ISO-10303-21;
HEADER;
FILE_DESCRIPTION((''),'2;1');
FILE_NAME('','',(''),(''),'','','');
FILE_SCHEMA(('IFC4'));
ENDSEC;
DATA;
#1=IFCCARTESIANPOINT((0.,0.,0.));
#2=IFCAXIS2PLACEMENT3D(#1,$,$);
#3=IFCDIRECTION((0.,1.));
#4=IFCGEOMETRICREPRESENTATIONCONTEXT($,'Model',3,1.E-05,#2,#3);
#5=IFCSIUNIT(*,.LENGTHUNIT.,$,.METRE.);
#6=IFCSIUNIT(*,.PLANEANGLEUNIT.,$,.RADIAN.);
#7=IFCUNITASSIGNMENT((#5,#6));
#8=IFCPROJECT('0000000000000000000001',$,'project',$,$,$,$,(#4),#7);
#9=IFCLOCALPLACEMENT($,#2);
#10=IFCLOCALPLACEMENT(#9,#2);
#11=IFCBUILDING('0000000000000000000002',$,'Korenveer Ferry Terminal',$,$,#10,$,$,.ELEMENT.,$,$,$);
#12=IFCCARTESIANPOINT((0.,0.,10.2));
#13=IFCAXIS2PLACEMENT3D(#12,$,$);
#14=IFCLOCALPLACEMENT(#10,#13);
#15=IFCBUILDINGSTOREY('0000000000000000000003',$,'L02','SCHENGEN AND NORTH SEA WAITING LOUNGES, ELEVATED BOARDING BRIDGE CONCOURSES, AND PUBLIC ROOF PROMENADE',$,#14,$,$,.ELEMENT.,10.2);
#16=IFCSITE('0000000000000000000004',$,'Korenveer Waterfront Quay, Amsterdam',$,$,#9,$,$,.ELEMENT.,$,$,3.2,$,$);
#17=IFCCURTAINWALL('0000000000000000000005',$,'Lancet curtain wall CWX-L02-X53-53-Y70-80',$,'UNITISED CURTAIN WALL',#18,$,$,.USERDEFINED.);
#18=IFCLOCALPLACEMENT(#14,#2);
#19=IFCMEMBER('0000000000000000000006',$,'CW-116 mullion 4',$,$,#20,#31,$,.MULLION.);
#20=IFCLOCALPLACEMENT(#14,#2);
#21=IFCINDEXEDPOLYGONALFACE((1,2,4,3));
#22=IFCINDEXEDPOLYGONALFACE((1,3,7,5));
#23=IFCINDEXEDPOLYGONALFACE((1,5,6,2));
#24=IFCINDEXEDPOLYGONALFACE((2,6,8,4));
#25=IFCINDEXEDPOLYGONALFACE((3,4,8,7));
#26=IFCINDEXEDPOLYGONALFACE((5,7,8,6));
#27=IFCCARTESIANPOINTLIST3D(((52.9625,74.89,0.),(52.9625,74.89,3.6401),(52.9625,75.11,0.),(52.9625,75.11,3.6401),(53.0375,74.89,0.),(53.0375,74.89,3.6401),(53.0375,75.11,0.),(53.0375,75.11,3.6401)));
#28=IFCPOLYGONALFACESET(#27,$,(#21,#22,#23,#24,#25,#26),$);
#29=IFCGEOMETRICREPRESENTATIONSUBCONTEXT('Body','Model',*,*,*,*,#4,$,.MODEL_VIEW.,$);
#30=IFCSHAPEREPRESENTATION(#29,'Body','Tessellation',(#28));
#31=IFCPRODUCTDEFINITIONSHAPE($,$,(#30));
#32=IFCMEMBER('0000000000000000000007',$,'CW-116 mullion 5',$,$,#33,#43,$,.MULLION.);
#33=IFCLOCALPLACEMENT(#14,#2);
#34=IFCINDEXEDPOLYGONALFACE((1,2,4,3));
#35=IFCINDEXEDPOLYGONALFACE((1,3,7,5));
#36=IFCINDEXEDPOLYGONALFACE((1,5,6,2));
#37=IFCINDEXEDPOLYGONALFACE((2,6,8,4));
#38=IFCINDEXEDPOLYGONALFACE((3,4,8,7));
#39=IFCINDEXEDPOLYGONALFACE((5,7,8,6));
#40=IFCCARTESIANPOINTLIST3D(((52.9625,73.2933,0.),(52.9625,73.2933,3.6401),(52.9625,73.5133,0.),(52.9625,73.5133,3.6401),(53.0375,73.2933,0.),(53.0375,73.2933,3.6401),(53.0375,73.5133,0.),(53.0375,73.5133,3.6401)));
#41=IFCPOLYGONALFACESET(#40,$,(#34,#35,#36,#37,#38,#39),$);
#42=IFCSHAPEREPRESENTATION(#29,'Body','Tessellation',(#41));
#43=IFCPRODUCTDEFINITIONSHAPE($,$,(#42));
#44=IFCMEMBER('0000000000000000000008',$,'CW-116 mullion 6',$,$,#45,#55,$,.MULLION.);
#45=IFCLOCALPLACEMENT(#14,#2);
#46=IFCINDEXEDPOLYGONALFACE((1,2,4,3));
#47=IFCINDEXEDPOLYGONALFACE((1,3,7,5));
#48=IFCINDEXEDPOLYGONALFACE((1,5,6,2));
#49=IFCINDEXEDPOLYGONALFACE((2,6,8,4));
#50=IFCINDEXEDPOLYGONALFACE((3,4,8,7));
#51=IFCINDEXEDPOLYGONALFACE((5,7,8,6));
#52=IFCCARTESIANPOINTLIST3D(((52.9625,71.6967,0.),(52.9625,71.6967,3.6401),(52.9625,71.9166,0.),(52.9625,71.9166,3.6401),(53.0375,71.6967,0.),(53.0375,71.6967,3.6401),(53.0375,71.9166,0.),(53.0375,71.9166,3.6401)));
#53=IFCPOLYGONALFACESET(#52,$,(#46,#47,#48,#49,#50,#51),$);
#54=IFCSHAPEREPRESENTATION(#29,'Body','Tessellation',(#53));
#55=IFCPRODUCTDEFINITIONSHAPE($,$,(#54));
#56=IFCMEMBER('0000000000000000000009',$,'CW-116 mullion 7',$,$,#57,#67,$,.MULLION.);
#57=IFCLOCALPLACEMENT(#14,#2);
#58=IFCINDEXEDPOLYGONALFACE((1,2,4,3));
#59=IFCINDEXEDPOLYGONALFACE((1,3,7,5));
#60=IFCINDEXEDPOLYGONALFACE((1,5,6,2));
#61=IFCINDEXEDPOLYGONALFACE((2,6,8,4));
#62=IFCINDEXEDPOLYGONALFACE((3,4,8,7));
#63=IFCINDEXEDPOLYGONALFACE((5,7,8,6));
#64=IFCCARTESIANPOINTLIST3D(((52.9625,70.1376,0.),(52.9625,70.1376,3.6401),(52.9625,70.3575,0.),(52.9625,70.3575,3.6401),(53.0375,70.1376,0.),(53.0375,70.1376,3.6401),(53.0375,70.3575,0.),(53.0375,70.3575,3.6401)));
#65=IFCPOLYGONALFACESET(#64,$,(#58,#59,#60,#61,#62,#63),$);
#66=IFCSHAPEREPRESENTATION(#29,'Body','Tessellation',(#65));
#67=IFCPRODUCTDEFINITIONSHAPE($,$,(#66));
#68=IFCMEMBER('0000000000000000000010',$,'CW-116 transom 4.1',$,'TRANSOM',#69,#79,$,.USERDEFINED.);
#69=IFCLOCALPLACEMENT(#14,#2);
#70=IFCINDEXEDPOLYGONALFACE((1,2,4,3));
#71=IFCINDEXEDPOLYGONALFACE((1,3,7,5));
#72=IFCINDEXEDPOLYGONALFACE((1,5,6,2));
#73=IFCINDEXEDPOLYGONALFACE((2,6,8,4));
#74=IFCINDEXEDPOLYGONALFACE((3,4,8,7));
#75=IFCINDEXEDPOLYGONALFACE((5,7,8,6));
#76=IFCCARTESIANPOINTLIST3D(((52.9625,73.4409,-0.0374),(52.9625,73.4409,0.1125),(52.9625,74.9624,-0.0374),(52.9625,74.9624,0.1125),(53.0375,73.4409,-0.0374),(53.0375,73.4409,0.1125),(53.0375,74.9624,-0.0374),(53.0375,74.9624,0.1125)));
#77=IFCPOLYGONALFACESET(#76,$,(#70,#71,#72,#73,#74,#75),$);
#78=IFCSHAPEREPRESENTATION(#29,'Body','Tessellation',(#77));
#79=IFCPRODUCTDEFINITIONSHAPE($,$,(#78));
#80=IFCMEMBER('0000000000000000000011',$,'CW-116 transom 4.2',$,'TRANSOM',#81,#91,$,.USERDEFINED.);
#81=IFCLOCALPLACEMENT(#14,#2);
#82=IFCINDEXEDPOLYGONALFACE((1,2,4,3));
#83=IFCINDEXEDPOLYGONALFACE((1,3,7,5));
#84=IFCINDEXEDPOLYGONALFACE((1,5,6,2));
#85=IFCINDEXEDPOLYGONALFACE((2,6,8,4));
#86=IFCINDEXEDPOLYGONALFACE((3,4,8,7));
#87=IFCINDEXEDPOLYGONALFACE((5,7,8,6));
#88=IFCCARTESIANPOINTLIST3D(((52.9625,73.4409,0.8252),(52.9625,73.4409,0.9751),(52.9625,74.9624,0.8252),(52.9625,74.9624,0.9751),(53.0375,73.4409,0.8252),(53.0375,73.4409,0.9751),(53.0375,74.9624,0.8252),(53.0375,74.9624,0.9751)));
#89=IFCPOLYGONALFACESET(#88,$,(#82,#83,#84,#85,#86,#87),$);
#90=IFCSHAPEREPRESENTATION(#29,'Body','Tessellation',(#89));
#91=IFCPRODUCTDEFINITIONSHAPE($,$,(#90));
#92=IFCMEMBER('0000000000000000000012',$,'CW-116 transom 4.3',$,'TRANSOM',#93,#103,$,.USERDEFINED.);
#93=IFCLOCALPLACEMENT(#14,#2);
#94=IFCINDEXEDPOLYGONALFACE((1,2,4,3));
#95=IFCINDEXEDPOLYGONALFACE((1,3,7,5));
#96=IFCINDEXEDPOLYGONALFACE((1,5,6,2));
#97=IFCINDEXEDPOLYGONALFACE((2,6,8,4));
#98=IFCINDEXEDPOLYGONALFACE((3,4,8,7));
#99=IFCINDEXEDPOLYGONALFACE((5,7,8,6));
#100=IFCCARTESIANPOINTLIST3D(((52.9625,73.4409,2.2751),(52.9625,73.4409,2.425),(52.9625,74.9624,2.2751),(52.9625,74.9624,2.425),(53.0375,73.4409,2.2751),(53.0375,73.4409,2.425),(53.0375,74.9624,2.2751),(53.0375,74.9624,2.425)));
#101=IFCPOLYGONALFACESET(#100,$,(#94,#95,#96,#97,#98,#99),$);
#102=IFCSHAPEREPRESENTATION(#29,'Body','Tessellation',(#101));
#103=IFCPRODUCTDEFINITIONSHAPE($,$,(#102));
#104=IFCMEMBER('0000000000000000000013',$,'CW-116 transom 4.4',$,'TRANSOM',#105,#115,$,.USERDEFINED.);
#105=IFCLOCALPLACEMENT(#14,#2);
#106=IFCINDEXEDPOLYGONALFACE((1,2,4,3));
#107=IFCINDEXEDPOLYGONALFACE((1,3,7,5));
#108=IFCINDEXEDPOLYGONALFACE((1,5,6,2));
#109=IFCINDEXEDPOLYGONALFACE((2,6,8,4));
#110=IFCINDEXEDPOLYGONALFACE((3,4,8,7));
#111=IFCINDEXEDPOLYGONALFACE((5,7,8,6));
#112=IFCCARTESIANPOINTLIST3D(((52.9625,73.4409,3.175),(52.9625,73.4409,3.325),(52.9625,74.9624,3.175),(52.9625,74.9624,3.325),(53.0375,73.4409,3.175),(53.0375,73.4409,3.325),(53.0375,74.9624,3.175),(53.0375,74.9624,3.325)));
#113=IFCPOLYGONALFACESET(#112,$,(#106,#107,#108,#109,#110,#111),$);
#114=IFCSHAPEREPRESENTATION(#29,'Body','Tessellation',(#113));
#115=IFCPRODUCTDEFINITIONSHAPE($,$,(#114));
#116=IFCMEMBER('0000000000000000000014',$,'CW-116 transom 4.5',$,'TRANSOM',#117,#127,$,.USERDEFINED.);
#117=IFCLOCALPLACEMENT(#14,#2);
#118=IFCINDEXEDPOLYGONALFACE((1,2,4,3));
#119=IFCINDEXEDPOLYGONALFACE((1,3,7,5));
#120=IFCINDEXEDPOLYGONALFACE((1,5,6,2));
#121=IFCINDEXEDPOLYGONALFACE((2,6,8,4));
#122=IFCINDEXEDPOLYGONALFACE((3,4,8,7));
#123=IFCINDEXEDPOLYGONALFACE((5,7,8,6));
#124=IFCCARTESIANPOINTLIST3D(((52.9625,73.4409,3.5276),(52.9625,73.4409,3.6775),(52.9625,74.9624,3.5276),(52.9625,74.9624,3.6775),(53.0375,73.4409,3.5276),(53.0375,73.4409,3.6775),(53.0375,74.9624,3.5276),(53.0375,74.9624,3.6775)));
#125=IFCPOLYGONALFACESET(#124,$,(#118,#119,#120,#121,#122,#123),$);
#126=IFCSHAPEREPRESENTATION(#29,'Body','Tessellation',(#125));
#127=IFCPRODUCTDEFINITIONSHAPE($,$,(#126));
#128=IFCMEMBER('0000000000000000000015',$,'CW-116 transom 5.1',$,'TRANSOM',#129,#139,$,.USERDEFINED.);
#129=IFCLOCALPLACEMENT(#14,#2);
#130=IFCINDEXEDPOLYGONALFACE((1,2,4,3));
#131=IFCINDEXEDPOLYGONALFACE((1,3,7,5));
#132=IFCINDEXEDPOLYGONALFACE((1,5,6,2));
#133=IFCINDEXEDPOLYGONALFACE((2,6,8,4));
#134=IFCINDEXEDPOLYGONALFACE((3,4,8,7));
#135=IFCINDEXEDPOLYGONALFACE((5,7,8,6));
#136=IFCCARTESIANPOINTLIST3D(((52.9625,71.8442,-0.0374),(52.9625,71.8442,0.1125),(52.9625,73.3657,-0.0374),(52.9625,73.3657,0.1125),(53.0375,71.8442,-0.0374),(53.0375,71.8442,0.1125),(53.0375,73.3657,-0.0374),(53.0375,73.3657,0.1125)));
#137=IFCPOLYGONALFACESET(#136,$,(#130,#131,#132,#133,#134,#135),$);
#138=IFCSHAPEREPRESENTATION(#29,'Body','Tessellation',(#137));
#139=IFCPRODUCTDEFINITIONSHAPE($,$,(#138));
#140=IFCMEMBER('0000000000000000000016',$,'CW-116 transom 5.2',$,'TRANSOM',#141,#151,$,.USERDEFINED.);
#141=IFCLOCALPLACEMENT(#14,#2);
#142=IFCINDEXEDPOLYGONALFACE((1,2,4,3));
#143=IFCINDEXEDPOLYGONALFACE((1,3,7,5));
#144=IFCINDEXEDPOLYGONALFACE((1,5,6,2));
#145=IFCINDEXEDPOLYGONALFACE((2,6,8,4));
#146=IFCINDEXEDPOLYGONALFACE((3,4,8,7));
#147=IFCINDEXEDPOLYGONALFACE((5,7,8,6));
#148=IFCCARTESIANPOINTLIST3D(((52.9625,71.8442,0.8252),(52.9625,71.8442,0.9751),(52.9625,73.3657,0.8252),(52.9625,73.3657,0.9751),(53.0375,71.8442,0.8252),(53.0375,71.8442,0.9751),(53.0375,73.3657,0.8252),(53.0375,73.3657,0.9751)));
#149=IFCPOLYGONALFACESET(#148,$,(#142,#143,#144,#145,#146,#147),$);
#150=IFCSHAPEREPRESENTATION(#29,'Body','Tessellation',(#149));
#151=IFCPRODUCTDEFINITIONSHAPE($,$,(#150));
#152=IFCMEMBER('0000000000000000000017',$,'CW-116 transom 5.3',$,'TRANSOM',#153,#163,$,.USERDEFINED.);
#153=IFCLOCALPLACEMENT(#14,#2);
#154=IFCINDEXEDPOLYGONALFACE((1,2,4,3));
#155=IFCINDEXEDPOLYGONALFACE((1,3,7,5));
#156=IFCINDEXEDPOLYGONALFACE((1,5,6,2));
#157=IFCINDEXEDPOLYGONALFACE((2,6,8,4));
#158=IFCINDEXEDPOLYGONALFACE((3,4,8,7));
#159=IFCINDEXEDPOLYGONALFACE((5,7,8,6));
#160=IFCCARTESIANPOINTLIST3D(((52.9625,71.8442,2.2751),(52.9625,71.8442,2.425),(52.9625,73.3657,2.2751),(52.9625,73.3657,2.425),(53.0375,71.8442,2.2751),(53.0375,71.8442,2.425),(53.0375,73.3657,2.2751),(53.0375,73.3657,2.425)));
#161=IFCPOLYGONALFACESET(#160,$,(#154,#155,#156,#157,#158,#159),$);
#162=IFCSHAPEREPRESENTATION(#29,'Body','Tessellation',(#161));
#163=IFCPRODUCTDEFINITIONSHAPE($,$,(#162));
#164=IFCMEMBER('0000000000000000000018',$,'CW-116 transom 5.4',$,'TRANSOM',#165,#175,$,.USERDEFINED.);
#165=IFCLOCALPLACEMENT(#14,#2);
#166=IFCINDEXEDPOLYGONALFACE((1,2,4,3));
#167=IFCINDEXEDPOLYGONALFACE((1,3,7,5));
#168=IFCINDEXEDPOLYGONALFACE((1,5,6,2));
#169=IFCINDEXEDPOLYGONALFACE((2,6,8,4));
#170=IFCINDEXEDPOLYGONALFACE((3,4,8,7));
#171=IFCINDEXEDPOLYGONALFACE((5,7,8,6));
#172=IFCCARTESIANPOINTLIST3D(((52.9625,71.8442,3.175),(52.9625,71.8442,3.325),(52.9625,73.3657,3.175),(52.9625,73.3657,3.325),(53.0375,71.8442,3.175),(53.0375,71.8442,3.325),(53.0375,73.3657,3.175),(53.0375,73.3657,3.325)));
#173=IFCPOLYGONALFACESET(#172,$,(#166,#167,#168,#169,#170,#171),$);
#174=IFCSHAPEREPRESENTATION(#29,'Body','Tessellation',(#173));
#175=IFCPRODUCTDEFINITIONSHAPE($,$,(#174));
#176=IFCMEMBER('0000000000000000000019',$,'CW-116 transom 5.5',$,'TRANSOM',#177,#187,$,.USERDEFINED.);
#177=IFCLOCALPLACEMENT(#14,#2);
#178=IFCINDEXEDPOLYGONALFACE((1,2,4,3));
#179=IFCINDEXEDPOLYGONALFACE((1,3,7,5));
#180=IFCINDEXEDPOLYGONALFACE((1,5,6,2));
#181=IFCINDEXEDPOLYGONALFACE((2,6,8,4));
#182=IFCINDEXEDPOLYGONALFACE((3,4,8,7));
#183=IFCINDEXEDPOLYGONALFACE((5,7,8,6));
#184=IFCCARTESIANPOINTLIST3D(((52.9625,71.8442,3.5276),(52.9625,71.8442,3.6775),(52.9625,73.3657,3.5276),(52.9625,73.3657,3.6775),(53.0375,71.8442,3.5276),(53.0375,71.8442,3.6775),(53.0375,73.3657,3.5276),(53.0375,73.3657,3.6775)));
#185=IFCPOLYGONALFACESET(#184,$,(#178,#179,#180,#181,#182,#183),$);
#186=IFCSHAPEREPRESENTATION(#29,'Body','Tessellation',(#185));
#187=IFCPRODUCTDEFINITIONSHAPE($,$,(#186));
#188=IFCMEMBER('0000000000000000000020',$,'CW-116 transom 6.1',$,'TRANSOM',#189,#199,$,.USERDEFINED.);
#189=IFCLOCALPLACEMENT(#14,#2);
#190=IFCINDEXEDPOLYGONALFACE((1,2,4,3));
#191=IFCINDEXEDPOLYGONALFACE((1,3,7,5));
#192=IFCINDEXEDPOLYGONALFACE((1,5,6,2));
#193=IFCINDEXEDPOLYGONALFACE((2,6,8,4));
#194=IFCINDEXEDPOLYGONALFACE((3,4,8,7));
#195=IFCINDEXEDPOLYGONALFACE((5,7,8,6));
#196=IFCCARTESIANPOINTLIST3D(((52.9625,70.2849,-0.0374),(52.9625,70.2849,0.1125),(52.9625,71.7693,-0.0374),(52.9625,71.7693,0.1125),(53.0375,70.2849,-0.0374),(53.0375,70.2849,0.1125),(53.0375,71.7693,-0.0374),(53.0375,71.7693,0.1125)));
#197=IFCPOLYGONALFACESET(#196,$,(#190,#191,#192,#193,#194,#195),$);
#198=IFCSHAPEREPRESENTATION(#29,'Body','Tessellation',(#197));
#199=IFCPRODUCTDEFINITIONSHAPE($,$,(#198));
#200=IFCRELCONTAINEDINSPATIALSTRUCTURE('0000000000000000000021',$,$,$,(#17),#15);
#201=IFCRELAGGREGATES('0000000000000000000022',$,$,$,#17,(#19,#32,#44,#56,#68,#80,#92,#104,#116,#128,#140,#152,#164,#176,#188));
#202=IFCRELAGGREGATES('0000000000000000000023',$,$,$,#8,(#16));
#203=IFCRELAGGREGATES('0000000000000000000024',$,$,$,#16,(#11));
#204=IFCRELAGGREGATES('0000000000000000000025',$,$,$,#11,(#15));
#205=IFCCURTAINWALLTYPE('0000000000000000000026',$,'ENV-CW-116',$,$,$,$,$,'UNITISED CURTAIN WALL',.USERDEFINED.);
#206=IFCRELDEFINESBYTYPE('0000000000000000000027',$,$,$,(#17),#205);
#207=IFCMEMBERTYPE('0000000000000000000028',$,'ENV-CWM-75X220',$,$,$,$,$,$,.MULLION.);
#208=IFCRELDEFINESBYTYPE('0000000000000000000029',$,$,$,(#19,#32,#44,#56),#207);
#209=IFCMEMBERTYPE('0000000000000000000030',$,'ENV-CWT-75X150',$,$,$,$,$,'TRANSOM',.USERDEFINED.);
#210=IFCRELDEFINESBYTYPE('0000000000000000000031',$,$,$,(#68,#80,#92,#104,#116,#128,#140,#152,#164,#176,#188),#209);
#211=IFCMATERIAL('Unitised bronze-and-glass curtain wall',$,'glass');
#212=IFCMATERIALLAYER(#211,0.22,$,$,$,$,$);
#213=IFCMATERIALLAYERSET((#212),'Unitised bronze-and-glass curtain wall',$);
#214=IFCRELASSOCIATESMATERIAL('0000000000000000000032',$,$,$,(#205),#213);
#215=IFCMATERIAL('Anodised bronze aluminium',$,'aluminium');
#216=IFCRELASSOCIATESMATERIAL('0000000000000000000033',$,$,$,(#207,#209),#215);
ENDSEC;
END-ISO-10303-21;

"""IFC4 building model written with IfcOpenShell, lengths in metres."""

from ifc_helpers import new_model, si_unit, direction, frame, origin, origin_2d, place, context, subcontext, project, spatial, rectangle, extrude, material, layer, layer_set, material_profile, profile_set, type_object, element, aggregate, save


model = new_model("IFC4")

# Units and contexts
model_context = context("Model", 3, precision=1e-05, world=origin(), true_north=direction((0.0, 1.0)))
body_context = subcontext(model_context, "Body", "Model", "MODEL_VIEW")
ifc_project = project(units=[si_unit("LENGTHUNIT", "METRE"), si_unit("PLANEANGLEUNIT", "RADIAN")], contexts=[model_context])

# Site, building, storey
site_placement = place(None, origin())
site = spatial("IfcSite", under=ifc_project, at=site_placement, Name="Korenveer Waterfront Quay, Amsterdam", CompositionType="ELEMENT", RefElevation=3.2)
building_placement = place(site_placement, origin())
building = spatial("IfcBuilding", under=site, at=building_placement, Name="Korenveer Ferry Terminal", CompositionType="ELEMENT")
storey_placement = place(building_placement, frame((0.0, 0.0, 10.2)))
storey = spatial("IfcBuildingStorey", under=building, at=storey_placement, Name="L02", Description="SCHENGEN AND NORTH SEA WAITING LOUNGES, ELEVATED BOARDING BRIDGE CONCOURSES, AND PUBLIC ROOF PROMENADE", CompositionType="ELEMENT", Elevation=10.2)

# Curtain wall, members
ifc_material_1 = material(Name="Unitised bronze-and-glass curtain wall", Category="glass")
ifc_layer_1 = layer(ifc_material_1, 0.22)
ifc_layer_set_1 = layer_set([ifc_layer_1], Name="Unitised bronze-and-glass curtain wall")
curtain_wall_type = type_object("IfcCurtainWallType", Name="ENV-CW-116", ElementType="UNITISED CURTAIN WALL", PredefinedType="USERDEFINED", material=ifc_layer_set_1)
curtain_wall_placement = place(storey_placement, frame((53.0, 79.79, 0.0)))
curtain_wall = element("IfcCurtainWall", 1, at=curtain_wall_placement, inside=storey, type_object=curtain_wall_type, Name="Lancet curtain wall CWX-L02-X53-53-Y70-80", ObjectType="UNITISED CURTAIN WALL", PredefinedType="USERDEFINED")
ifc_material_2 = material(Name="Anodised bronze aluminium", Category="aluminium")
ifc_material_profile_1 = material_profile(ifc_material_2, rectangle(XDim=0.075, YDim=0.22, at=origin_2d()), Name="ALU 75x220")
ifc_profile_set_1 = profile_set([ifc_material_profile_1], Name="Anodised bronze aluminium")
member_type_1 = type_object("IfcMemberType", Name="ENV-CWM-75X220", PredefinedType="MULLION", material=ifc_profile_set_1)
member_1_placement = place(storey_placement, frame((53.0, 75.0, 0.0), z_axis=(0.0, 0.0, 1.0), x_axis=(1.0, 0.0, 0.0)))
member_1 = element("IfcMember", 2, at=member_1_placement, type_object=member_type_1, Name="CW-116 mullion 4", PredefinedType="MULLION", context=body_context, shape_type="SweptSolid", body=[
    extrude(rectangle(XDim=0.075, YDim=0.22, at=origin_2d()), origin(), (0.0, 0.0, 1.0), 3.6401),
])
member_2_placement = place(storey_placement, frame((53.0, 73.4033, 0.0), z_axis=(0.0, 0.0, 1.0), x_axis=(1.0, 0.0, 0.0)))
member_2 = element("IfcMember", 3, at=member_2_placement, type_object=member_type_1, Name="CW-116 mullion 5", PredefinedType="MULLION", context=body_context, shape_type="SweptSolid", body=[
    extrude(rectangle(XDim=0.075, YDim=0.22, at=origin_2d()), origin(), (0.0, 0.0, 1.0), 3.6401),
])
member_3_placement = place(storey_placement, frame((53.0, 71.8066, 0.0), z_axis=(0.0, 0.0, 1.0), x_axis=(1.0, 0.0, 0.0)))
member_3 = element("IfcMember", 4, at=member_3_placement, type_object=member_type_1, Name="CW-116 mullion 6", PredefinedType="MULLION", context=body_context, shape_type="SweptSolid", body=[
    extrude(rectangle(XDim=0.075, YDim=0.22, at=origin_2d()), origin(), (0.0, 0.0, 1.0), 3.6401),
])
member_4_placement = place(storey_placement, frame((53.0, 70.2476, 0.0), z_axis=(0.0, 0.0, 1.0), x_axis=(1.0, 0.0, 0.0)))
member_4 = element("IfcMember", 5, at=member_4_placement, type_object=member_type_1, Name="CW-116 mullion 7", PredefinedType="MULLION", context=body_context, shape_type="SweptSolid", body=[
    extrude(rectangle(XDim=0.075, YDim=0.22, at=origin_2d()), origin(), (0.0, 0.0, 1.0), 3.6401),
])
ifc_material_profile_2 = material_profile(ifc_material_2, rectangle(XDim=0.075, YDim=0.1499, at=origin_2d()), Name="ALU 75x150")
ifc_profile_set_2 = profile_set([ifc_material_profile_2], Name="Anodised bronze aluminium")
member_type_2 = type_object("IfcMemberType", Name="ENV-CWT-75X150", ElementType="TRANSOM", PredefinedType="USERDEFINED", material=ifc_profile_set_2)
member_5_placement = place(storey_placement, frame((53.0, 74.9624, 0.0376), z_axis=(0.0, -1.0, 0.0), x_axis=(1.0, 0.0, 0.0)))
member_5 = element("IfcMember", 6, at=member_5_placement, type_object=member_type_2, Name="CW-116 transom 4.1", ObjectType="TRANSOM", PredefinedType="USERDEFINED", context=body_context, shape_type="SweptSolid", body=[
    extrude(rectangle(XDim=0.075, YDim=0.1499, at=origin_2d()), origin(), (0.0, 0.0, 1.0), 1.5215),
])
member_6_placement = place(storey_placement, frame((53.0, 74.9624, 0.9001), z_axis=(0.0, -1.0, 0.0), x_axis=(1.0, 0.0, 0.0)))
member_6 = element("IfcMember", 7, at=member_6_placement, type_object=member_type_2, Name="CW-116 transom 4.2", ObjectType="TRANSOM", PredefinedType="USERDEFINED", context=body_context, shape_type="SweptSolid", body=[
    extrude(rectangle(XDim=0.075, YDim=0.1499, at=origin_2d()), origin(), (0.0, 0.0, 1.0), 1.5215),
])
member_7_placement = place(storey_placement, frame((53.0, 74.9624, 2.3501), z_axis=(0.0, -1.0, 0.0), x_axis=(1.0, 0.0, 0.0)))
member_7 = element("IfcMember", 8, at=member_7_placement, type_object=member_type_2, Name="CW-116 transom 4.3", ObjectType="TRANSOM", PredefinedType="USERDEFINED", context=body_context, shape_type="SweptSolid", body=[
    extrude(rectangle(XDim=0.075, YDim=0.1499, at=origin_2d()), origin(), (0.0, 0.0, 1.0), 1.5215),
])
member_8_placement = place(storey_placement, frame((53.0, 74.9624, 3.25), z_axis=(0.0, -1.0, 0.0), x_axis=(1.0, 0.0, 0.0)))
member_8 = element("IfcMember", 9, at=member_8_placement, type_object=member_type_2, Name="CW-116 transom 4.4", ObjectType="TRANSOM", PredefinedType="USERDEFINED", context=body_context, shape_type="SweptSolid", body=[
    extrude(rectangle(XDim=0.075, YDim=0.1499, at=origin_2d()), origin(), (0.0, 0.0, 1.0), 1.5215),
])
member_9_placement = place(storey_placement, frame((53.0, 74.9624, 3.6025), z_axis=(0.0, -1.0, 0.0), x_axis=(1.0, 0.0, 0.0)))
member_9 = element("IfcMember", 10, at=member_9_placement, type_object=member_type_2, Name="CW-116 transom 4.5", ObjectType="TRANSOM", PredefinedType="USERDEFINED", context=body_context, shape_type="SweptSolid", body=[
    extrude(rectangle(XDim=0.075, YDim=0.1499, at=origin_2d()), origin(), (0.0, 0.0, 1.0), 1.5215),
])
member_10_placement = place(storey_placement, frame((53.0, 73.3657, 0.0376), z_axis=(0.0, -1.0, 0.0), x_axis=(1.0, 0.0, 0.0)))
member_10 = element("IfcMember", 11, at=member_10_placement, type_object=member_type_2, Name="CW-116 transom 5.1", ObjectType="TRANSOM", PredefinedType="USERDEFINED", context=body_context, shape_type="SweptSolid", body=[
    extrude(rectangle(XDim=0.075, YDim=0.1499, at=origin_2d()), origin(), (0.0, 0.0, 1.0), 1.5215),
])
member_11_placement = place(storey_placement, frame((53.0, 73.3657, 0.9001), z_axis=(0.0, -1.0, 0.0), x_axis=(1.0, 0.0, 0.0)))
member_11 = element("IfcMember", 12, at=member_11_placement, type_object=member_type_2, Name="CW-116 transom 5.2", ObjectType="TRANSOM", PredefinedType="USERDEFINED", context=body_context, shape_type="SweptSolid", body=[
    extrude(rectangle(XDim=0.075, YDim=0.1499, at=origin_2d()), origin(), (0.0, 0.0, 1.0), 1.5215),
])
member_12_placement = place(storey_placement, frame((53.0, 73.3657, 2.3501), z_axis=(0.0, -1.0, 0.0), x_axis=(1.0, 0.0, 0.0)))
member_12 = element("IfcMember", 13, at=member_12_placement, type_object=member_type_2, Name="CW-116 transom 5.3", ObjectType="TRANSOM", PredefinedType="USERDEFINED", context=body_context, shape_type="SweptSolid", body=[
    extrude(rectangle(XDim=0.075, YDim=0.1499, at=origin_2d()), origin(), (0.0, 0.0, 1.0), 1.5215),
])
member_13_placement = place(storey_placement, frame((53.0, 73.3657, 3.25), z_axis=(0.0, -1.0, 0.0), x_axis=(1.0, 0.0, 0.0)))
member_13 = element("IfcMember", 14, at=member_13_placement, type_object=member_type_2, Name="CW-116 transom 5.4", ObjectType="TRANSOM", PredefinedType="USERDEFINED", context=body_context, shape_type="SweptSolid", body=[
    extrude(rectangle(XDim=0.075, YDim=0.1499, at=origin_2d()), origin(), (0.0, 0.0, 1.0), 1.5215),
])
member_14_placement = place(storey_placement, frame((53.0, 73.3657, 3.6025), z_axis=(0.0, -1.0, 0.0), x_axis=(1.0, 0.0, 0.0)))
member_14 = element("IfcMember", 15, at=member_14_placement, type_object=member_type_2, Name="CW-116 transom 5.5", ObjectType="TRANSOM", PredefinedType="USERDEFINED", context=body_context, shape_type="SweptSolid", body=[
    extrude(rectangle(XDim=0.075, YDim=0.1499, at=origin_2d()), origin(), (0.0, 0.0, 1.0), 1.5215),
])
member_15_placement = place(storey_placement, frame((53.0, 71.7693, 0.0376), z_axis=(0.0, -1.0, 0.0), x_axis=(1.0, 0.0, 0.0)))
member_15 = element("IfcMember", 16, at=member_15_placement, type_object=member_type_2, Name="CW-116 transom 6.1", ObjectType="TRANSOM", PredefinedType="USERDEFINED", context=body_context, shape_type="SweptSolid", body=[
    extrude(rectangle(XDim=0.075, YDim=0.1499, at=origin_2d()), origin(), (0.0, 0.0, 1.0), 1.4844),
])
aggregate(curtain_wall, [member_1, member_2, member_3, member_4, member_5, member_6, member_7, member_8, member_9, member_10, member_11, member_12, member_13, member_14, member_15])

save(model, "model.ifc")
